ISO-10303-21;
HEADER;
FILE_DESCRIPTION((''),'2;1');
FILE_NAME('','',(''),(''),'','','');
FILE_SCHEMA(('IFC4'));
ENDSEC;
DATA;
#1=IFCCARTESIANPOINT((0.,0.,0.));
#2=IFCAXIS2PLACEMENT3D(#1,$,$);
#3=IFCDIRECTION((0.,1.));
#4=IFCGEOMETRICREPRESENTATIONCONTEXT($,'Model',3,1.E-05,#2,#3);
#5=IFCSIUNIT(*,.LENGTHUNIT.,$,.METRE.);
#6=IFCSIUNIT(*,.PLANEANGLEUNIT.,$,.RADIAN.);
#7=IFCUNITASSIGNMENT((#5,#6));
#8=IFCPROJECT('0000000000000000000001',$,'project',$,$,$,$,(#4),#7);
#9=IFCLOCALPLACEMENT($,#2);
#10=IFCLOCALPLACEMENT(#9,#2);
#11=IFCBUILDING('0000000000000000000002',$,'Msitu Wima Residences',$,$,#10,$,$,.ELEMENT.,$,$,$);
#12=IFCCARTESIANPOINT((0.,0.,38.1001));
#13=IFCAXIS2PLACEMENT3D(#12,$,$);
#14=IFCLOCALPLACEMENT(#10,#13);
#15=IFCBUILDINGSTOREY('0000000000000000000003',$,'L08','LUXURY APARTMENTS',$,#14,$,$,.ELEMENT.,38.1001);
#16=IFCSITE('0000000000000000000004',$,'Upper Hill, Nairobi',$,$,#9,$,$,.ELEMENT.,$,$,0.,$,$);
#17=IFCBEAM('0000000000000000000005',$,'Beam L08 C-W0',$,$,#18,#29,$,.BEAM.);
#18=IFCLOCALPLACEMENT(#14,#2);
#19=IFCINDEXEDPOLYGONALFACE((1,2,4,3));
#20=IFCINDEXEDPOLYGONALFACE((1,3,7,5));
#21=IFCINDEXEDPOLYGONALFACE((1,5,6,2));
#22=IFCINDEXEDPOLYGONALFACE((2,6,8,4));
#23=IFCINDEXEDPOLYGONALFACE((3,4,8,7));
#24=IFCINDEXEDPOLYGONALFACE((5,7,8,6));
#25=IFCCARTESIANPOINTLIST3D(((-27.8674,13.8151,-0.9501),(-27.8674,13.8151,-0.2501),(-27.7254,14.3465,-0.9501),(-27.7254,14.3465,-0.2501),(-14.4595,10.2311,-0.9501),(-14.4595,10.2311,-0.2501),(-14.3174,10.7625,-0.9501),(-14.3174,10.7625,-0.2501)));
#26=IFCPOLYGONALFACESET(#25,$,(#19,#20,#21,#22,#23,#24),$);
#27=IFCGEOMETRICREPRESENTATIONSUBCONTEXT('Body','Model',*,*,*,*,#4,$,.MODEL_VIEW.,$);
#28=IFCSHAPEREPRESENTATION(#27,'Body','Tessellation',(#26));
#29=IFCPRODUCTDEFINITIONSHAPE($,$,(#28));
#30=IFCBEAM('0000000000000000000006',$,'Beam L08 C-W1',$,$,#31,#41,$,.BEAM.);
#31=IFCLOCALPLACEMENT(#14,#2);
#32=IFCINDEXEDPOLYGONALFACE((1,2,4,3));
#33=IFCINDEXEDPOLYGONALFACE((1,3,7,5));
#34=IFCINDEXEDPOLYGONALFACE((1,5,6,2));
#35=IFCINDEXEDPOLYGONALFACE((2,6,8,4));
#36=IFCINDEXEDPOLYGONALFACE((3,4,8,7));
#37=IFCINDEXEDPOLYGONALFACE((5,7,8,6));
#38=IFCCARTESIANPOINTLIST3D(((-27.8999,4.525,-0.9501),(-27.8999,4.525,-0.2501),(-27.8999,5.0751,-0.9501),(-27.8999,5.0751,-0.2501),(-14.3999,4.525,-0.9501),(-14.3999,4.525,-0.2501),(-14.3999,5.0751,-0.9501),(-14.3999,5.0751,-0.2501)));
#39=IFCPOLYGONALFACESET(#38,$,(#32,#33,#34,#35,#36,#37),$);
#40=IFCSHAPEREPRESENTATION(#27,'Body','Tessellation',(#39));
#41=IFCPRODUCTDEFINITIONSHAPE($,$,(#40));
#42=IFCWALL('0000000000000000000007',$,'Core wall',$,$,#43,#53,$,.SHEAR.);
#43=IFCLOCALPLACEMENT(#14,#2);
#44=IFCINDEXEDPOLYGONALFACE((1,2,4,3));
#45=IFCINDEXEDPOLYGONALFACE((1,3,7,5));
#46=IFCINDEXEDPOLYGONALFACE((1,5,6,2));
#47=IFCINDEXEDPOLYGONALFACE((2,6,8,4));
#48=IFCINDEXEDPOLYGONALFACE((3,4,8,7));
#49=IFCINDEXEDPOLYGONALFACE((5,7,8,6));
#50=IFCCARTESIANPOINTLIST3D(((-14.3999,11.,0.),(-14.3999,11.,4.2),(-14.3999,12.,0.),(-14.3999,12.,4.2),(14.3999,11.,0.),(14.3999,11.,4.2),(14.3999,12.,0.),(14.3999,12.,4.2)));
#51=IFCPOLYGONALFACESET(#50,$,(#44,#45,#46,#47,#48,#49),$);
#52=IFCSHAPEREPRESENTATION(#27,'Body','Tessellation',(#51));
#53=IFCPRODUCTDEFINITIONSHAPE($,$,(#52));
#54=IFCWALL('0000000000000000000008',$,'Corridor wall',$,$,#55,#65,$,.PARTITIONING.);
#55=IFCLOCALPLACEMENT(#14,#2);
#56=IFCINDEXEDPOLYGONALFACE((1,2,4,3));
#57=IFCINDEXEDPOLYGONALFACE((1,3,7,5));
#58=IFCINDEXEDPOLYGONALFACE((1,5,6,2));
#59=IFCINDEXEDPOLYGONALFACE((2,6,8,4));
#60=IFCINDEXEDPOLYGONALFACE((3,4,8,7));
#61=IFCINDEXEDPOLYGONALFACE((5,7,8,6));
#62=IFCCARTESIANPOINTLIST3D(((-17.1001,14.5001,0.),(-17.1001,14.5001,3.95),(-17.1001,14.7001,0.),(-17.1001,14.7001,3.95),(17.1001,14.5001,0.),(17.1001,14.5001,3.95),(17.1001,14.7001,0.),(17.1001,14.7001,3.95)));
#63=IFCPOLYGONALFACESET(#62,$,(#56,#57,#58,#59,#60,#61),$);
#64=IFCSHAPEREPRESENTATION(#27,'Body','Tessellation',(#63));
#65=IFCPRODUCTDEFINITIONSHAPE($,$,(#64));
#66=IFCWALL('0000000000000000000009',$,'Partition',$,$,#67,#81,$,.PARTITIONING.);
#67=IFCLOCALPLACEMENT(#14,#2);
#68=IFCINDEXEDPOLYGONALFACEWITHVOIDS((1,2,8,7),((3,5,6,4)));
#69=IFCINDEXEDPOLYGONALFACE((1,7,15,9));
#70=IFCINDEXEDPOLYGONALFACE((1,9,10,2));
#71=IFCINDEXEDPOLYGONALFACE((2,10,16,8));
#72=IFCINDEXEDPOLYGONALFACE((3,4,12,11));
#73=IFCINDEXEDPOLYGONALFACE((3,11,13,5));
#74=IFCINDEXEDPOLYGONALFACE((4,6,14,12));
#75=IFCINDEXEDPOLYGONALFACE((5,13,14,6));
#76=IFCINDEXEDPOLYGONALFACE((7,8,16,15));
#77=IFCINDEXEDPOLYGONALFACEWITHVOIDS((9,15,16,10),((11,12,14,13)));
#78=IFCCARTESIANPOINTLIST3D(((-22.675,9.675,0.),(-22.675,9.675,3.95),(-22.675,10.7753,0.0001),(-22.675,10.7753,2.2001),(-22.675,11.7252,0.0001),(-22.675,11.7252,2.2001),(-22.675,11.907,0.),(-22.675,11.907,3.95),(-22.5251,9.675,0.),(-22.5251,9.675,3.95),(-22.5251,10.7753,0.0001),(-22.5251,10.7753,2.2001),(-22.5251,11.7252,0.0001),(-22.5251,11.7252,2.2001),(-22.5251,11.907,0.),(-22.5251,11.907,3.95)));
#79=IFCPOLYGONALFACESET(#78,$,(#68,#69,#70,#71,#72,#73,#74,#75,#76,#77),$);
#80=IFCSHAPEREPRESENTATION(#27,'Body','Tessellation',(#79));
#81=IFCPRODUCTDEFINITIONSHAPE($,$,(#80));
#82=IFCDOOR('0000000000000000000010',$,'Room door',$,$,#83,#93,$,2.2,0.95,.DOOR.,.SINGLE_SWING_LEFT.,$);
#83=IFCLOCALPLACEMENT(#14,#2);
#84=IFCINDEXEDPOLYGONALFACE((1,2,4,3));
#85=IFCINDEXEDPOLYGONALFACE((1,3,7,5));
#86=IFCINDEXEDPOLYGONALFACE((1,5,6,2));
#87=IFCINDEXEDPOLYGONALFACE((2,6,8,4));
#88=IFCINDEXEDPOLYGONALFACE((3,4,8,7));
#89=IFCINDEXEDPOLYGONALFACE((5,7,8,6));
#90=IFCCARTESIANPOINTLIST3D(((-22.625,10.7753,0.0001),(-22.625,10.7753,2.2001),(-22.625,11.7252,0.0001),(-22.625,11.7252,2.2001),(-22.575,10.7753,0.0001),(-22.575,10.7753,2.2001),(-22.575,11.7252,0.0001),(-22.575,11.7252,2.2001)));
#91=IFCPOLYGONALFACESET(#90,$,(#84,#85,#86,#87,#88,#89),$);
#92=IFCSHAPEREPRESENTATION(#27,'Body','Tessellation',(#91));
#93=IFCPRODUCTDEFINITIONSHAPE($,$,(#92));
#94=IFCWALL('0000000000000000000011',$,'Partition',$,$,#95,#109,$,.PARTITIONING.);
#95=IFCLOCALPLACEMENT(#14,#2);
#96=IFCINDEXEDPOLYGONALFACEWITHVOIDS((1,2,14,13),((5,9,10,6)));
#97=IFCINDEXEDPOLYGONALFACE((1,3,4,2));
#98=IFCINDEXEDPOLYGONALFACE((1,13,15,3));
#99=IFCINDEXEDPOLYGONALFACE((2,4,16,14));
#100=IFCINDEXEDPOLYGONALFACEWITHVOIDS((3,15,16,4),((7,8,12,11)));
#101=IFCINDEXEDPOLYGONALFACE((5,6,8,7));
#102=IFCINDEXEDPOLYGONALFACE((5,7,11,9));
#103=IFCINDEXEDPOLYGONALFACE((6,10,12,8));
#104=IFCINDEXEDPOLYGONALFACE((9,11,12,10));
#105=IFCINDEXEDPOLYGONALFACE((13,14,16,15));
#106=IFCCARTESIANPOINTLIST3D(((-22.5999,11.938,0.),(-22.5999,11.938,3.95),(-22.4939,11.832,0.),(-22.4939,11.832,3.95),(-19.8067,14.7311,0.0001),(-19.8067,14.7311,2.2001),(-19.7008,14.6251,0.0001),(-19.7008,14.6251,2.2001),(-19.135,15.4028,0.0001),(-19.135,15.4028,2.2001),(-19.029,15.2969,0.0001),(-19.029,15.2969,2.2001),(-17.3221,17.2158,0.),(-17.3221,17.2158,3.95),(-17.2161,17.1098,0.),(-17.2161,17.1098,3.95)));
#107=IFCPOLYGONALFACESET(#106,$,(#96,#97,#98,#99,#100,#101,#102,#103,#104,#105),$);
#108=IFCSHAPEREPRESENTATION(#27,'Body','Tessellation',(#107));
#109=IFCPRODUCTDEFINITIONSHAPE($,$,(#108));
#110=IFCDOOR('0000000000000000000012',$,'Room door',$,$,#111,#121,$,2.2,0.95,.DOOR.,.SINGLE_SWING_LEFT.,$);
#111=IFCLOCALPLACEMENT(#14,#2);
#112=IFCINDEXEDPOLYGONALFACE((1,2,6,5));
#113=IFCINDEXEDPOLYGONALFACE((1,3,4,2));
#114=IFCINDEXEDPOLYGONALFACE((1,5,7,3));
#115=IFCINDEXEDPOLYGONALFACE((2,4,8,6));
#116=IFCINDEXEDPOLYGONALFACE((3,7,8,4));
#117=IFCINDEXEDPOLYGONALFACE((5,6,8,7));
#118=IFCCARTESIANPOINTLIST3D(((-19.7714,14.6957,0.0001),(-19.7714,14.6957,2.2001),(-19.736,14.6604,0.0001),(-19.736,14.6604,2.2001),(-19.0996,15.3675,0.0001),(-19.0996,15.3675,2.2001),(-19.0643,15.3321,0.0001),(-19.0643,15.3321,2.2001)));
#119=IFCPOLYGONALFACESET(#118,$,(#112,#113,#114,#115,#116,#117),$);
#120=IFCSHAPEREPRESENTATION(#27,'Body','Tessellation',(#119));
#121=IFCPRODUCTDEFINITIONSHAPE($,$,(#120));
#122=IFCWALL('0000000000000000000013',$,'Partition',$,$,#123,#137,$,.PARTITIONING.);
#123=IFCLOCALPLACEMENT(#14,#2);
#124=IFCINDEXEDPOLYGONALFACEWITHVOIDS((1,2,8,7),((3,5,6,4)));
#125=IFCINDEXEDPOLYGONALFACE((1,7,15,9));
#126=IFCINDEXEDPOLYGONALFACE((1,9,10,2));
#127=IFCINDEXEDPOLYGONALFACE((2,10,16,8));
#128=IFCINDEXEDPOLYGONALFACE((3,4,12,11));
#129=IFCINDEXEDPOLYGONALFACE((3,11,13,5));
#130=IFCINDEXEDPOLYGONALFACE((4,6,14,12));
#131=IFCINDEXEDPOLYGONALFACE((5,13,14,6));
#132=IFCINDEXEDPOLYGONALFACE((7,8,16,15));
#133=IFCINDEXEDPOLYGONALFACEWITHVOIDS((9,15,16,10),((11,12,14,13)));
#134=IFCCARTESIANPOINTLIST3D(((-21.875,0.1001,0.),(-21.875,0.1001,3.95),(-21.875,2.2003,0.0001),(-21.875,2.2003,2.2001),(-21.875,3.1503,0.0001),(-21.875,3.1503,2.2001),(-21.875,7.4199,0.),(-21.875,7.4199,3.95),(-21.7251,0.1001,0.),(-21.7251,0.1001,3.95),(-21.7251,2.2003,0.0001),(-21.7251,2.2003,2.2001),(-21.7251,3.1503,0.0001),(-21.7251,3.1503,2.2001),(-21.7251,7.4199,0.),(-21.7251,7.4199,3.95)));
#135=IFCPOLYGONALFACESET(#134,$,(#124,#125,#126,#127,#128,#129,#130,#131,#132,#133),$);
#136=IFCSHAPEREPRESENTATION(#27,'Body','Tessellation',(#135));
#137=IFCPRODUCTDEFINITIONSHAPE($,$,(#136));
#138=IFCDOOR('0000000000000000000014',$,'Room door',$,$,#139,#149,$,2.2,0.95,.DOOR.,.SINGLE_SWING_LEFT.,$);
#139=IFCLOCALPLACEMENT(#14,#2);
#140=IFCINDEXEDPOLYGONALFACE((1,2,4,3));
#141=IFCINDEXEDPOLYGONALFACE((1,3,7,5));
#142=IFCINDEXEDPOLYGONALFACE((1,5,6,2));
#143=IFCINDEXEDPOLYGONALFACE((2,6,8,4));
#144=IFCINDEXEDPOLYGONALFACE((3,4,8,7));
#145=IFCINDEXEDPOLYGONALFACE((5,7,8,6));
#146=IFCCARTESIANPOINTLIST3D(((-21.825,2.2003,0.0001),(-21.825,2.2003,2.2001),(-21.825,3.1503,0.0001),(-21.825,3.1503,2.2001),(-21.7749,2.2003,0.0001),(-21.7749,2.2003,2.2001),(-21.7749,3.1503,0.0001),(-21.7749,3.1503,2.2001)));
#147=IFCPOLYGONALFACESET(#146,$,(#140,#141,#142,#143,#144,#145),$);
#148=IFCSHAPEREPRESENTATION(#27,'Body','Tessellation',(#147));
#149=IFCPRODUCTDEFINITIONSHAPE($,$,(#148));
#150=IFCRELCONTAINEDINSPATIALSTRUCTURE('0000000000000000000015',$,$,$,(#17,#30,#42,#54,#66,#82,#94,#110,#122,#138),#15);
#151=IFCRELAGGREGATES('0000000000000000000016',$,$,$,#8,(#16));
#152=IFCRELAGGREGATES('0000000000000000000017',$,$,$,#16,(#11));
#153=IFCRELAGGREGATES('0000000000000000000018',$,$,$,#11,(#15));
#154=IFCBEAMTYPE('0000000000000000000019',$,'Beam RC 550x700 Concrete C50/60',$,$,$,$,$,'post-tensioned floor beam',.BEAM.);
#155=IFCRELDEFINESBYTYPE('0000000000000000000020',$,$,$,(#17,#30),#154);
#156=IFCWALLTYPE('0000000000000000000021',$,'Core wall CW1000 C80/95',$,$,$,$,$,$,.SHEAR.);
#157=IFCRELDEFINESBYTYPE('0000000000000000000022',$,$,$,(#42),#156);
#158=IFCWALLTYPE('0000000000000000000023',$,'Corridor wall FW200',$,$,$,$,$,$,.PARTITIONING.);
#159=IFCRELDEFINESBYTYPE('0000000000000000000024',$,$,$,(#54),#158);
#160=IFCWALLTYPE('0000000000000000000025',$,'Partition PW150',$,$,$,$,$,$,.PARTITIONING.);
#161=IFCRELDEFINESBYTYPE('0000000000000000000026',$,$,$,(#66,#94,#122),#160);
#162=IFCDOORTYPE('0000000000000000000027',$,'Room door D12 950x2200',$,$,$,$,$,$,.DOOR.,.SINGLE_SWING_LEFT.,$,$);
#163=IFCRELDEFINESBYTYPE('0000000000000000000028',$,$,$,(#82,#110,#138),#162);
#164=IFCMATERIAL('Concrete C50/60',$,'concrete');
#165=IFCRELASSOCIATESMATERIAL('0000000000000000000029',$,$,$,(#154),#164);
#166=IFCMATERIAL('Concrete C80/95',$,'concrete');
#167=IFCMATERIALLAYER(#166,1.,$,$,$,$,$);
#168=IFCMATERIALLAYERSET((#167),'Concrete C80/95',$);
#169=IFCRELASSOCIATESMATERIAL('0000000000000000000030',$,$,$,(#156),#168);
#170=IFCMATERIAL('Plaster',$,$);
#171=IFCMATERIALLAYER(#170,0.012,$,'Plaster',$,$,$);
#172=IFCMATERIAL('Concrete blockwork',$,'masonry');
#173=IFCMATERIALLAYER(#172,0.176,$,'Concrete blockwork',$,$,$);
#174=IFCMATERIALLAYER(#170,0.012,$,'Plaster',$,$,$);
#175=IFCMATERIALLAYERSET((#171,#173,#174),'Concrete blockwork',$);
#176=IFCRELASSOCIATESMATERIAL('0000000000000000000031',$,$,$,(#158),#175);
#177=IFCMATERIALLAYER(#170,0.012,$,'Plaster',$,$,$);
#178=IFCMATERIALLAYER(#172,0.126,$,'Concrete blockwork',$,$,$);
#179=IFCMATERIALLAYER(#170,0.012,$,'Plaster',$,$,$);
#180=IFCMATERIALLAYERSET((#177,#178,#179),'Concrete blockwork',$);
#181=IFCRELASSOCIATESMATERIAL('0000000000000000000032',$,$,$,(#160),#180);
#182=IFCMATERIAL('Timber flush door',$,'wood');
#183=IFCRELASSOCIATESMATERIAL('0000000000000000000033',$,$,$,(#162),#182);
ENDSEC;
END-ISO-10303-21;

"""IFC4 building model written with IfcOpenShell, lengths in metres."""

from ifc_helpers import new_model, si_unit, direction, frame, frame_2d, origin, origin_2d, place, context, subcontext, project, spatial, rectangle, extrude, material, layer, layer_set, material_profile, profile_set, type_object, element, fill, save


model = new_model("IFC4")

# Units and contexts
model_context = context("Model", 3, precision=1e-05, world=origin(), true_north=direction((0.0, 1.0)))
body_context = subcontext(model_context, "Body", "Model", "MODEL_VIEW")
ifc_project = project(units=[si_unit("LENGTHUNIT", "METRE"), si_unit("PLANEANGLEUNIT", "RADIAN")], contexts=[model_context])

# Site, building, storey
site_placement = place(None, origin())
site = spatial("IfcSite", under=ifc_project, at=site_placement, Name="Upper Hill, Nairobi", CompositionType="ELEMENT", RefElevation=0.0)
building_placement = place(site_placement, origin())
building = spatial("IfcBuilding", under=site, at=building_placement, Name="Msitu Wima Residences", CompositionType="ELEMENT")
storey_placement = place(building_placement, frame((0.0, 0.0, 38.1001)))
storey = spatial("IfcBuildingStorey", under=building, at=storey_placement, Name="L08", Description="LUXURY APARTMENTS", CompositionType="ELEMENT", Elevation=38.1001)

# Beams
ifc_material_1 = material(Name="Concrete C50/60", Category="concrete")
ifc_material_profile = material_profile(ifc_material_1, rectangle(XDim=0.55, YDim=0.7, at=origin_2d()), Name="RC 550x700")
ifc_profile_set = profile_set([ifc_material_profile], Name="Concrete C50/60")
beam_type = type_object("IfcBeamType", Name="Beam RC 550x700 Concrete C50/60", ElementType="post-tensioned floor beam", PredefinedType="BEAM", material=ifc_profile_set)
beam_1_placement = place(storey_placement, frame((-27.7964, 14.0808, -0.6001), z_axis=(0.966082, -0.258236, 0.0), x_axis=(0.258236, 0.966082, 0.0)))
element("IfcBeam", 1, at=beam_1_placement, inside=storey, type_object=beam_type, Name="Beam L08 C-W0", PredefinedType="BEAM", context=body_context, shape_type="SweptSolid", body=[
    extrude(rectangle(XDim=0.55, YDim=0.7, at=origin_2d()), origin(), (0.0, 0.0, 1.0), 13.8787),
])
beam_2_placement = place(storey_placement, frame((-27.8999, 4.8, -0.6001), z_axis=(1.0, 0.0, 0.0), x_axis=(0.0, 1.0, 0.0)))
element("IfcBeam", 2, at=beam_2_placement, inside=storey, type_object=beam_type, Name="Beam L08 C-W1", PredefinedType="BEAM", context=body_context, shape_type="SweptSolid", body=[
    extrude(rectangle(XDim=0.55, YDim=0.7, at=origin_2d()), origin(), (0.0, 0.0, 1.0), 13.5),
])

# Walls
ifc_material_2 = material(Name="Concrete C80/95", Category="concrete")
ifc_layer_1 = layer(ifc_material_2, 1.0)
ifc_layer_set_1 = layer_set([ifc_layer_1], Name="Concrete C80/95")
wall_type_1 = type_object("IfcWallType", Name="Core wall CW1000 C80/95", PredefinedType="SHEAR", material=ifc_layer_set_1)
wall_1_placement = place(storey_placement, frame((-14.3999, 11.5, 0.0), z_axis=(0.0, 0.0, 1.0), x_axis=(1.0, 0.0, 0.0)))
element("IfcWall", 3, at=wall_1_placement, inside=storey, type_object=wall_type_1, Name="Core wall", PredefinedType="SHEAR", context=body_context, shape_type="SweptSolid", body=[
    extrude(rectangle(XDim=28.7998, YDim=1.0, at=frame_2d((14.3999, 0.0))), origin(), (0.0, 0.0, 1.0), 4.2),
])
ifc_material_3 = material(Name="Plaster")
ifc_layer_2 = layer(ifc_material_3, 0.012, Name="Plaster")
ifc_material_4 = material(Name="Concrete blockwork", Category="masonry")
ifc_layer_3 = layer(ifc_material_4, 0.176, Name="Concrete blockwork")
ifc_layer_4 = layer(ifc_material_3, 0.012, Name="Plaster")
ifc_layer_set_2 = layer_set([ifc_layer_2, ifc_layer_3, ifc_layer_4], Name="Concrete blockwork")
wall_type_2 = type_object("IfcWallType", Name="Corridor wall FW200", PredefinedType="PARTITIONING", material=ifc_layer_set_2)
wall_2_placement = place(storey_placement, frame((-17.1001, 14.6001, 0.0), z_axis=(0.0, 0.0, 1.0), x_axis=(1.0, 0.0, 0.0)))
element("IfcWall", 4, at=wall_2_placement, inside=storey, type_object=wall_type_2, Name="Corridor wall", PredefinedType="PARTITIONING", context=body_context, shape_type="SweptSolid", body=[
    extrude(rectangle(XDim=34.2002, YDim=0.2, at=frame_2d((17.1001, 0.0))), origin(), (0.0, 0.0, 1.0), 3.95),
])

# Walls, openings, doors
ifc_layer_5 = layer(ifc_material_3, 0.012, Name="Plaster")
ifc_layer_6 = layer(ifc_material_4, 0.126, Name="Concrete blockwork")
ifc_layer_7 = layer(ifc_material_3, 0.012, Name="Plaster")
ifc_layer_set_3 = layer_set([ifc_layer_5, ifc_layer_6, ifc_layer_7], Name="Concrete blockwork")
wall_type_3 = type_object("IfcWallType", Name="Partition PW150", PredefinedType="PARTITIONING", material=ifc_layer_set_3)
wall_3_placement = place(storey_placement, frame((-22.6001, 9.675, 0.0), z_axis=(0.0, 0.0, 1.0), x_axis=(0.0, 1.0, 0.0)))
wall_3 = element("IfcWall", 5, at=wall_3_placement, inside=storey, type_object=wall_type_3, Name="Partition", PredefinedType="PARTITIONING", context=body_context, shape_type="SweptSolid", body=[
    extrude(rectangle(XDim=2.2319, YDim=0.1499, at=frame_2d((1.116, 0.0))), origin(), (0.0, 0.0, 1.0), 3.95),
])
opening_1_placement = place(wall_3_placement, frame((1.1001, 0.0, 0.0)))
opening_1 = element("IfcOpeningElement", 6, at=opening_1_placement, cuts=wall_3, PredefinedType="OPENING", context=body_context, shape_type="SweptSolid", body=[
    extrude(rectangle(XDim=0.95, YDim=2.2, at=frame_2d((0.4751, 1.1001))), frame((0.0, 0.085, 0.0), z_axis=(0.0, -1.0, 0.0), x_axis=(1.0, 0.0, 0.0)), (0.0, 0.0, 1.0), 0.1699),
])
ifc_material_5 = material(Name="Timber flush door", Category="wood")
door_type_1 = type_object("IfcDoorType", Name="Room door D12 950x2200", OperationType="SINGLE_SWING_LEFT", PredefinedType="DOOR", material=ifc_material_5)
door_1_placement = place(opening_1_placement, origin())
door_1 = element("IfcDoor", 7, at=door_1_placement, inside=storey, type_object=door_type_1, Name="Room door", OperationType="SINGLE_SWING_LEFT", OverallHeight=2.2, OverallWidth=0.95, PredefinedType="DOOR", context=body_context, shape_type="SweptSolid", body=[
    extrude(rectangle(XDim=0.95, YDim=2.2, at=frame_2d((0.4751, 1.1001))), frame((0.0, 0.0249, 0.0), z_axis=(0.0, -1.0, 0.0), x_axis=(1.0, 0.0, 0.0)), (0.0, 0.0, 1.0), 0.05),
])
fill(opening_1, door_1)
wall_4_placement = place(storey_placement, frame((-22.5469, 11.885, 0.0), z_axis=(0.0, 0.0, 1.0), x_axis=(0.707107, 0.707107, 0.0)))
wall_4 = element("IfcWall", 8, at=wall_4_placement, inside=storey, type_object=wall_type_3, Name="Partition", PredefinedType="PARTITIONING", context=body_context, shape_type="SweptSolid", body=[
    extrude(rectangle(XDim=7.4639, YDim=0.1499, at=frame_2d((3.7319, 0.0))), origin(), (0.0, 0.0, 1.0), 3.95),
])
opening_2_placement = place(wall_4_placement, frame((3.95, 0.0, 0.0)))
opening_2 = element("IfcOpeningElement", 9, at=opening_2_placement, cuts=wall_4, PredefinedType="OPENING", context=body_context, shape_type="SweptSolid", body=[
    extrude(rectangle(XDim=0.95, YDim=2.2, at=frame_2d((0.4751, 1.1001))), frame((0.0, 0.085, 0.0), z_axis=(0.0, -1.0, 0.0), x_axis=(1.0, 0.0, 0.0)), (0.0, 0.0, 1.0), 0.1699),
])
door_2_placement = place(opening_2_placement, origin())
door_2 = element("IfcDoor", 10, at=door_2_placement, inside=storey, type_object=door_type_1, Name="Room door", OperationType="SINGLE_SWING_LEFT", OverallHeight=2.2, OverallWidth=0.95, PredefinedType="DOOR", context=body_context, shape_type="SweptSolid", body=[
    extrude(rectangle(XDim=0.95, YDim=2.2, at=frame_2d((0.4751, 1.1001))), frame((0.0, 0.0249, 0.0), z_axis=(0.0, -1.0, 0.0), x_axis=(1.0, 0.0, 0.0)), (0.0, 0.0, 1.0), 0.05),
])
fill(opening_2, door_2)
wall_5_placement = place(storey_placement, frame((-21.8, 0.1001, 0.0), z_axis=(0.0, 0.0, 1.0), x_axis=(0.0, 1.0, 0.0)))
wall_5 = element("IfcWall", 11, at=wall_5_placement, inside=storey, type_object=wall_type_3, Name="Partition", PredefinedType="PARTITIONING", context=body_context, shape_type="SweptSolid", body=[
    extrude(rectangle(XDim=7.3198, YDim=0.1499, at=frame_2d((3.6599, 0.0))), origin(), (0.0, 0.0, 1.0), 3.95),
])
opening_3_placement = place(wall_5_placement, frame((2.1001, 0.0, 0.0)))
opening_3 = element("IfcOpeningElement", 12, at=opening_3_placement, cuts=wall_5, PredefinedType="OPENING", context=body_context, shape_type="SweptSolid", body=[
    extrude(rectangle(XDim=0.95, YDim=2.2, at=frame_2d((0.4751, 1.1001))), frame((0.0, 0.085, 0.0), z_axis=(0.0, -1.0, 0.0), x_axis=(1.0, 0.0, 0.0)), (0.0, 0.0, 1.0), 0.1699),
])
door_3_placement = place(opening_3_placement, origin())
door_3 = element("IfcDoor", 13, at=door_3_placement, inside=storey, type_object=door_type_1, Name="Room door", OperationType="SINGLE_SWING_LEFT", OverallHeight=2.2, OverallWidth=0.95, PredefinedType="DOOR", context=body_context, shape_type="SweptSolid", body=[
    extrude(rectangle(XDim=0.95, YDim=2.2, at=frame_2d((0.4751, 1.1001))), frame((0.0, 0.0249, 0.0), z_axis=(0.0, -1.0, 0.0), x_axis=(1.0, 0.0, 0.0)), (0.0, 0.0, 1.0), 0.05),
])
fill(opening_3, door_3)

save(model, "model.ifc")
